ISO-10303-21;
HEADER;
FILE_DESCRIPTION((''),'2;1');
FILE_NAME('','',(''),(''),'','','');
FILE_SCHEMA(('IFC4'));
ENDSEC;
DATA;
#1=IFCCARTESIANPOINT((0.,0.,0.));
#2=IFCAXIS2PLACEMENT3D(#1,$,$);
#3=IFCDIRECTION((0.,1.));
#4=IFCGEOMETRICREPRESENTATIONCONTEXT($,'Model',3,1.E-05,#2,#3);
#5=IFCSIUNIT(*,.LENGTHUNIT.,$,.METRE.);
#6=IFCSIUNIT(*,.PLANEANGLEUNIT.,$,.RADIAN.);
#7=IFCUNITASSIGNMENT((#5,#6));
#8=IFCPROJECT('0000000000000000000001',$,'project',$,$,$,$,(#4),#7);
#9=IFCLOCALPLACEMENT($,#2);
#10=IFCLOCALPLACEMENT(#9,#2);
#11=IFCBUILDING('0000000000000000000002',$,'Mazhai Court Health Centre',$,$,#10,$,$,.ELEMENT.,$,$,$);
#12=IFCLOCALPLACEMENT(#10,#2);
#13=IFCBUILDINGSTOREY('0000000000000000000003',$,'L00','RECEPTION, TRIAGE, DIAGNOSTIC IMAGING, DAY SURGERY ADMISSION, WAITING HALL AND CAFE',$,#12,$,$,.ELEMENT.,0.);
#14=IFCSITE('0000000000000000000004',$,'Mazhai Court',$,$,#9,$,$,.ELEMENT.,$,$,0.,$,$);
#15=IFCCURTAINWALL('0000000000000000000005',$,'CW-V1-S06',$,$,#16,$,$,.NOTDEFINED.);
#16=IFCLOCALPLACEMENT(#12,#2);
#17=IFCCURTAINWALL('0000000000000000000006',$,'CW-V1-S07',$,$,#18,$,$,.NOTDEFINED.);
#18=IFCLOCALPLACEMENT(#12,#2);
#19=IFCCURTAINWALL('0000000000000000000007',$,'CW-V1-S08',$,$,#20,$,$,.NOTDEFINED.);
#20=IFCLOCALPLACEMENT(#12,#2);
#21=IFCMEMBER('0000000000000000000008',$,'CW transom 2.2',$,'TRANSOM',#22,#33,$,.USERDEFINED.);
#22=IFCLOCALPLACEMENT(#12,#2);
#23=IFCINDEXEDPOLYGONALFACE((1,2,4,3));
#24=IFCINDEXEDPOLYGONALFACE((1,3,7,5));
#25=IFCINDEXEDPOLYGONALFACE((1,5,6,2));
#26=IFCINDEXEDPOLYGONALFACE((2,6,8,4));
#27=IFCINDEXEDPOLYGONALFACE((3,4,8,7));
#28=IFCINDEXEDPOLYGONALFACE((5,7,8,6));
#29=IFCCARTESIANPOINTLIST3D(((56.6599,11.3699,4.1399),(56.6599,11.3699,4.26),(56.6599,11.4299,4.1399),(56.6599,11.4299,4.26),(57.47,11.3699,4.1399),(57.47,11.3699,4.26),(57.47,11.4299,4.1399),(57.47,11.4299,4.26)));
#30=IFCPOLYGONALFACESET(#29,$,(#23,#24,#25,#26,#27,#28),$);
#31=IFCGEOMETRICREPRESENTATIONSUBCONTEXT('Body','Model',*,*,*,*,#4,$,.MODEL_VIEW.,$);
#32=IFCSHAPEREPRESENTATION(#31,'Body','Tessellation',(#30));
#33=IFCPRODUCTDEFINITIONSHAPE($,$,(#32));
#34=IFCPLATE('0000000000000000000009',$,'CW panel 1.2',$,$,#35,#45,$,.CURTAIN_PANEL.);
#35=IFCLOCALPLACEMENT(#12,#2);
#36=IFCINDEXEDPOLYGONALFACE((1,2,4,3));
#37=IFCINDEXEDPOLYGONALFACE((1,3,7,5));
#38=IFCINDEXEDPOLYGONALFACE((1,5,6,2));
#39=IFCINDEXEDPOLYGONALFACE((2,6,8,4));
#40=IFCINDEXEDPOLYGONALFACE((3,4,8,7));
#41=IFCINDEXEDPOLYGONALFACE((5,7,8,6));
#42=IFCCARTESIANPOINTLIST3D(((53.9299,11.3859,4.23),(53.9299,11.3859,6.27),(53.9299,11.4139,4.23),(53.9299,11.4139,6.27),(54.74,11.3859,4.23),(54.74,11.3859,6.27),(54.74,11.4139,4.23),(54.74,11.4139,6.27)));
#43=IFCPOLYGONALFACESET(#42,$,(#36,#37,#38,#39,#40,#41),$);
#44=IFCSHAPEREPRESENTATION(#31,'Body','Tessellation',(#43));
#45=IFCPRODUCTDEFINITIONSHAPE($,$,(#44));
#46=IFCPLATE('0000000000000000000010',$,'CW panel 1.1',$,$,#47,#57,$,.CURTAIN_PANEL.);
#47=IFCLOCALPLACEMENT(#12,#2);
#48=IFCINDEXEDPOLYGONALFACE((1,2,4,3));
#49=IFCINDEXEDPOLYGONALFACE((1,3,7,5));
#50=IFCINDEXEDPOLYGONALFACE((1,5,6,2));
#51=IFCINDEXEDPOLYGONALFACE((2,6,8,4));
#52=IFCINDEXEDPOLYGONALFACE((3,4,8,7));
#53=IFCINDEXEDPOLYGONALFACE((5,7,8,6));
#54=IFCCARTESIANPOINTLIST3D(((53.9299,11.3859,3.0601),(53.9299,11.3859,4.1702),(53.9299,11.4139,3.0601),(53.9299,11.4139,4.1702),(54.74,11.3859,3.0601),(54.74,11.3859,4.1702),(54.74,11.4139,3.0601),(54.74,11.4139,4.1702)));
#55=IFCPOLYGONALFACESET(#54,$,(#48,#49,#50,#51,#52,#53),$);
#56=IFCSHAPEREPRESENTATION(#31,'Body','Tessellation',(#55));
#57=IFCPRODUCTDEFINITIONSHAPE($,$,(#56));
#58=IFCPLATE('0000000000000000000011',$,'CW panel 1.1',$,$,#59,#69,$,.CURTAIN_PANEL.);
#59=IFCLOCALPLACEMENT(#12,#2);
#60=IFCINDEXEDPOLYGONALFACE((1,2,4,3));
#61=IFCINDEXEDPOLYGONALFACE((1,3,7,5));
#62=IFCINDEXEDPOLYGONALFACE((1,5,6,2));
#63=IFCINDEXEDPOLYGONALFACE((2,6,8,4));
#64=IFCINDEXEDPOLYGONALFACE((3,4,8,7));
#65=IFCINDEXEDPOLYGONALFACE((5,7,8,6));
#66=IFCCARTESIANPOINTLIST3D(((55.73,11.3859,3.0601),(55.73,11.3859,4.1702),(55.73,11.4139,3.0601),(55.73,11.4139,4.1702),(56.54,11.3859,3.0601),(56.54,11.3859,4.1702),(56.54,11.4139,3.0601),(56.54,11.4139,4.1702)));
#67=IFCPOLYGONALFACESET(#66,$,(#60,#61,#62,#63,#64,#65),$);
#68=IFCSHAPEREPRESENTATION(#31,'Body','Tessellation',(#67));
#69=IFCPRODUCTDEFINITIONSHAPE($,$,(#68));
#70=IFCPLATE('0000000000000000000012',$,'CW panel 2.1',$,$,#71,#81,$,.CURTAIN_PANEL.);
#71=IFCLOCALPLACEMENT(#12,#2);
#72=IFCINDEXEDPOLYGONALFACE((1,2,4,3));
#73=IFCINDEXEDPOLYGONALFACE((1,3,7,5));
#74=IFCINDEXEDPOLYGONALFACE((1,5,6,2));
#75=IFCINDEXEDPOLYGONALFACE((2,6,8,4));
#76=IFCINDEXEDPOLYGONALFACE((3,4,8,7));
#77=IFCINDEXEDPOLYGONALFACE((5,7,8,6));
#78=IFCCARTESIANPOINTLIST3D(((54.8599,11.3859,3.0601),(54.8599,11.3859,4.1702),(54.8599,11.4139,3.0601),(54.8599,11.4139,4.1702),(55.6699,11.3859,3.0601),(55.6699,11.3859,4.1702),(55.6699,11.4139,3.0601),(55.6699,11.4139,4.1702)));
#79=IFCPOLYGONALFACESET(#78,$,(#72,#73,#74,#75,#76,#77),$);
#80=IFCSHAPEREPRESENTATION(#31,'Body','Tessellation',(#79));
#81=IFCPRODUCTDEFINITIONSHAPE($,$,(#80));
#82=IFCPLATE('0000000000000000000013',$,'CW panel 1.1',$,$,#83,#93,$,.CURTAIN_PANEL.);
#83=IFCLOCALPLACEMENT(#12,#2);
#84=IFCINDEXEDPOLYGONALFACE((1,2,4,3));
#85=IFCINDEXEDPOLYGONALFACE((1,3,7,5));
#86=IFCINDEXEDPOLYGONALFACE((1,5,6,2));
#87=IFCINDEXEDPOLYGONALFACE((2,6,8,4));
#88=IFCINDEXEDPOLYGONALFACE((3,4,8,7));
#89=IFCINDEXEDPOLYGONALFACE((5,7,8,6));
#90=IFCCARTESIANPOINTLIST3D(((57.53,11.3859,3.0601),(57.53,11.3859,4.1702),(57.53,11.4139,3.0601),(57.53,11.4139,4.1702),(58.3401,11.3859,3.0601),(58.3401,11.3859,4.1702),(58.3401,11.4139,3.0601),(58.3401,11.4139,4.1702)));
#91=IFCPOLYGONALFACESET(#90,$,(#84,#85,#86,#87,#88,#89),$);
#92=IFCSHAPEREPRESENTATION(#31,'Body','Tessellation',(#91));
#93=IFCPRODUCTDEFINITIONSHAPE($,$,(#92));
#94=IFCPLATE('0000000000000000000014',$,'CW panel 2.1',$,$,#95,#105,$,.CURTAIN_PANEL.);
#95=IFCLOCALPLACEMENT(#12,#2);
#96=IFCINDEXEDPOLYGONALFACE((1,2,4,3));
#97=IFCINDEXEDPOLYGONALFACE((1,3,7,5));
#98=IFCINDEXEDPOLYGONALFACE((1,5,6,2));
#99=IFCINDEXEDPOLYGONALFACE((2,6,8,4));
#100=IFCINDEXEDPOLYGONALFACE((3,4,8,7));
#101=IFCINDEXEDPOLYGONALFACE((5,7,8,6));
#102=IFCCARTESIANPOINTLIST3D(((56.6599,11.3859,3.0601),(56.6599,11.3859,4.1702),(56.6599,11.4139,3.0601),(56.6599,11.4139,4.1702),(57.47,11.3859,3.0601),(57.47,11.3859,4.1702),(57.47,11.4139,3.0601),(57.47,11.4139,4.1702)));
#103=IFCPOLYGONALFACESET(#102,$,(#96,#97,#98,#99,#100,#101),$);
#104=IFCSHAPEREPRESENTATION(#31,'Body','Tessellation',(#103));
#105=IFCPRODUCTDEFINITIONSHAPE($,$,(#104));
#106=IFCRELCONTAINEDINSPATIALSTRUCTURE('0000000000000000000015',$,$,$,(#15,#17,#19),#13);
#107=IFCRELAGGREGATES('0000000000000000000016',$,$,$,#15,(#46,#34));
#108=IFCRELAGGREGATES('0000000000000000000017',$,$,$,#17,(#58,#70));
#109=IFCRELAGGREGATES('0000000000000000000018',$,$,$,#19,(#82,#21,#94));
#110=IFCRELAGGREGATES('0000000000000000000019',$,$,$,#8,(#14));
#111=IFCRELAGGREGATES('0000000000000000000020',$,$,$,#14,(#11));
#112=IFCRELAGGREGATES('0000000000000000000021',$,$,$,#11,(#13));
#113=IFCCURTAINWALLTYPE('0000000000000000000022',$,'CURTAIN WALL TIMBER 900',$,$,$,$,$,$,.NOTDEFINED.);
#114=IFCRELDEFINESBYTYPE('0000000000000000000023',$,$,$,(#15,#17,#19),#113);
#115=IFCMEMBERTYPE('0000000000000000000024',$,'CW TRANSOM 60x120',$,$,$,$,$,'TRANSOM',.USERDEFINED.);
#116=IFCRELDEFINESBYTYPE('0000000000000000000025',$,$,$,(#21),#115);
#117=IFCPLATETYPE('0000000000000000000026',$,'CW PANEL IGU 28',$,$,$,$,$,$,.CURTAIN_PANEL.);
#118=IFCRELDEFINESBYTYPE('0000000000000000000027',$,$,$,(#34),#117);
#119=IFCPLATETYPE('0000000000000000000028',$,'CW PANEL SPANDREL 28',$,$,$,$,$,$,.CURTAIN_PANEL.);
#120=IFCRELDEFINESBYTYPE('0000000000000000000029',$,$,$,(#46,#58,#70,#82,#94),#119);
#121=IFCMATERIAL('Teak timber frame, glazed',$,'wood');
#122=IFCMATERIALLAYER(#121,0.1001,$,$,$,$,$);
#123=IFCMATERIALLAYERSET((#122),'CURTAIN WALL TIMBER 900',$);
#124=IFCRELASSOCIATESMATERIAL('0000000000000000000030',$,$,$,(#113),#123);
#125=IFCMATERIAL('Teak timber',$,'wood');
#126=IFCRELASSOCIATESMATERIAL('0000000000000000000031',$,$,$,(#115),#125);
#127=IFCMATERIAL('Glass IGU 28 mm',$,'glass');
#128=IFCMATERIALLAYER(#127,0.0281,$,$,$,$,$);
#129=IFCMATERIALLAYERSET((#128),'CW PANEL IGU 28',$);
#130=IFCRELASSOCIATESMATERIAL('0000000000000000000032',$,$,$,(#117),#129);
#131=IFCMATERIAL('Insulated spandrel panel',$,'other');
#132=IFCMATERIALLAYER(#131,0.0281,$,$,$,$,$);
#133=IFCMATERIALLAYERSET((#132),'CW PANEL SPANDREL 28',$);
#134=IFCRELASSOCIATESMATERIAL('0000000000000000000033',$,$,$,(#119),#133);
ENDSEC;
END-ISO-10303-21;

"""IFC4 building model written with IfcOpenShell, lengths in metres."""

from ifc_helpers import new_model, si_unit, direction, frame, origin, origin_2d, place, context, subcontext, project, spatial, rectangle, extrude, material, layer, layer_set, material_profile, profile_set, type_object, element, aggregate, save


model = new_model("IFC4")

# Units and contexts
model_context = context("Model", 3, precision=1e-05, world=origin(), true_north=direction((0.0, 1.0)))
body_context = subcontext(model_context, "Body", "Model", "MODEL_VIEW")
ifc_project = project(units=[si_unit("LENGTHUNIT", "METRE"), si_unit("PLANEANGLEUNIT", "RADIAN")], contexts=[model_context])

# Site, building, storey
site_placement = place(None, origin())
site = spatial("IfcSite", under=ifc_project, at=site_placement, Name="Mazhai Court", CompositionType="ELEMENT", RefElevation=0.0)
building_placement = place(site_placement, origin())
building = spatial("IfcBuilding", under=site, at=building_placement, Name="Mazhai Court Health Centre", CompositionType="ELEMENT")
storey_placement = place(building_placement, origin())
storey = spatial("IfcBuildingStorey", under=building, at=storey_placement, Name="L00", Description="RECEPTION, TRIAGE, DIAGNOSTIC IMAGING, DAY SURGERY ADMISSION, WAITING HALL AND CAFE", CompositionType="ELEMENT", Elevation=0.0)

# Curtain walls
ifc_material_1 = material(Name="Teak timber frame, glazed", Category="wood")
ifc_layer_1 = layer(ifc_material_1, 0.1001)
ifc_layer_set_1 = layer_set([ifc_layer_1], Name="CURTAIN WALL TIMBER 900")
curtain_wall_type = type_object("IfcCurtainWallType", Name="CURTAIN WALL TIMBER 900", PredefinedType="NOTDEFINED", material=ifc_layer_set_1)
curtain_wall_1_placement = place(storey_placement, origin())
curtain_wall_1 = element("IfcCurtainWall", 1, at=curtain_wall_1_placement, inside=storey, type_object=curtain_wall_type, Name="CW-V1-S06", PredefinedType="NOTDEFINED")
curtain_wall_2_placement = place(storey_placement, origin())
curtain_wall_2 = element("IfcCurtainWall", 2, at=curtain_wall_2_placement, inside=storey, type_object=curtain_wall_type, Name="CW-V1-S07", PredefinedType="NOTDEFINED")
curtain_wall_3_placement = place(storey_placement, origin())
curtain_wall_3 = element("IfcCurtainWall", 3, at=curtain_wall_3_placement, inside=storey, type_object=curtain_wall_type, Name="CW-V1-S08", PredefinedType="NOTDEFINED")

# Member
ifc_material_2 = material(Name="Teak timber", Category="wood")
ifc_material_profile_1 = material_profile(ifc_material_2, rectangle(XDim=0.0601, YDim=0.1201, at=origin_2d()), Name="CW TRANSOM 60x120")
ifc_profile_set_1 = profile_set([ifc_material_profile_1], Name="Teak timber")
member_type_1 = type_object("IfcMemberType", Name="CW TRANSOM 60x120", ElementType="TRANSOM", PredefinedType="USERDEFINED", material=ifc_profile_set_1)
member_1_placement = place(storey_placement, frame((57.47, 11.3999, 4.2), z_axis=(-1.0, 0.0, 0.0), x_axis=(0.0, -1.0, 0.0)))
member_1 = element("IfcMember", 4, at=member_1_placement, type_object=member_type_1, Name="CW transom 2.2", ObjectType="TRANSOM", PredefinedType="USERDEFINED", context=body_context, shape_type="SweptSolid", body=[
    extrude(rectangle(XDim=0.0601, YDim=0.1201, at=origin_2d()), origin(), (0.0, 0.0, 1.0), 0.8101),
])

# Plates
ifc_material_3 = material(Name="Glass IGU 28 mm", Category="glass")
ifc_layer_2 = layer(ifc_material_3, 0.0281)
ifc_layer_set_2 = layer_set([ifc_layer_2], Name="CW PANEL IGU 28")
plate_type_1 = type_object("IfcPlateType", Name="CW PANEL IGU 28", PredefinedType="CURTAIN_PANEL", material=ifc_layer_set_2)
plate_1_placement = place(storey_placement, frame((54.335, 11.3999, 4.23), z_axis=(0.0, 0.0, 1.0), x_axis=(-1.0, 0.0, 0.0)))
plate_1 = element("IfcPlate", 5, at=plate_1_placement, type_object=plate_type_1, Name="CW panel 1.2", PredefinedType="CURTAIN_PANEL", context=body_context, shape_type="SweptSolid", body=[
    extrude(rectangle(XDim=0.8101, YDim=0.0281, at=origin_2d()), origin(), (0.0, 0.0, 1.0), 2.04),
])
ifc_material_4 = material(Name="Insulated spandrel panel", Category="other")
ifc_layer_3 = layer(ifc_material_4, 0.0281)
ifc_layer_set_3 = layer_set([ifc_layer_3], Name="CW PANEL SPANDREL 28")
plate_type_2 = type_object("IfcPlateType", Name="CW PANEL SPANDREL 28", PredefinedType="CURTAIN_PANEL", material=ifc_layer_set_3)
plate_2_placement = place(storey_placement, frame((54.335, 11.3999, 3.0601), z_axis=(0.0, 0.0, 1.0), x_axis=(-1.0, 0.0, 0.0)))
plate_2 = element("IfcPlate", 6, at=plate_2_placement, type_object=plate_type_2, Name="CW panel 1.1", PredefinedType="CURTAIN_PANEL", context=body_context, shape_type="SweptSolid", body=[
    extrude(rectangle(XDim=0.8101, YDim=0.0281, at=origin_2d()), origin(), (0.0, 0.0, 1.0), 1.1101),
])
aggregate(curtain_wall_1, [plate_2, plate_1])
plate_3_placement = place(storey_placement, frame((56.135, 11.3999, 3.0601), z_axis=(0.0, 0.0, 1.0), x_axis=(-1.0, 0.0, 0.0)))
plate_3 = element("IfcPlate", 7, at=plate_3_placement, type_object=plate_type_2, Name="CW panel 1.1", PredefinedType="CURTAIN_PANEL", context=body_context, shape_type="SweptSolid", body=[
    extrude(rectangle(XDim=0.8101, YDim=0.0281, at=origin_2d()), origin(), (0.0, 0.0, 1.0), 1.1101),
])
plate_4_placement = place(storey_placement, frame((55.2649, 11.3999, 3.0601), z_axis=(0.0, 0.0, 1.0), x_axis=(-1.0, 0.0, 0.0)))
plate_4 = element("IfcPlate", 8, at=plate_4_placement, type_object=plate_type_2, Name="CW panel 2.1", PredefinedType="CURTAIN_PANEL", context=body_context, shape_type="SweptSolid", body=[
    extrude(rectangle(XDim=0.8101, YDim=0.0281, at=origin_2d()), origin(), (0.0, 0.0, 1.0), 1.1101),
])
aggregate(curtain_wall_2, [plate_3, plate_4])
plate_5_placement = place(storey_placement, frame((57.9351, 11.3999, 3.0601), z_axis=(0.0, 0.0, 1.0), x_axis=(-1.0, 0.0, 0.0)))
plate_5 = element("IfcPlate", 9, at=plate_5_placement, type_object=plate_type_2, Name="CW panel 1.1", PredefinedType="CURTAIN_PANEL", context=body_context, shape_type="SweptSolid", body=[
    extrude(rectangle(XDim=0.8101, YDim=0.0281, at=origin_2d()), origin(), (0.0, 0.0, 1.0), 1.1101),
])
plate_6_placement = place(storey_placement, frame((57.0649, 11.3999, 3.0601), z_axis=(0.0, 0.0, 1.0), x_axis=(-1.0, 0.0, 0.0)))
plate_6 = element("IfcPlate", 10, at=plate_6_placement, type_object=plate_type_2, Name="CW panel 2.1", PredefinedType="CURTAIN_PANEL", context=body_context, shape_type="SweptSolid", body=[
    extrude(rectangle(XDim=0.8101, YDim=0.0281, at=origin_2d()), origin(), (0.0, 0.0, 1.0), 1.1101),
])
aggregate(curtain_wall_3, [plate_5, member_1, plate_6])

save(model, "model.ifc")
